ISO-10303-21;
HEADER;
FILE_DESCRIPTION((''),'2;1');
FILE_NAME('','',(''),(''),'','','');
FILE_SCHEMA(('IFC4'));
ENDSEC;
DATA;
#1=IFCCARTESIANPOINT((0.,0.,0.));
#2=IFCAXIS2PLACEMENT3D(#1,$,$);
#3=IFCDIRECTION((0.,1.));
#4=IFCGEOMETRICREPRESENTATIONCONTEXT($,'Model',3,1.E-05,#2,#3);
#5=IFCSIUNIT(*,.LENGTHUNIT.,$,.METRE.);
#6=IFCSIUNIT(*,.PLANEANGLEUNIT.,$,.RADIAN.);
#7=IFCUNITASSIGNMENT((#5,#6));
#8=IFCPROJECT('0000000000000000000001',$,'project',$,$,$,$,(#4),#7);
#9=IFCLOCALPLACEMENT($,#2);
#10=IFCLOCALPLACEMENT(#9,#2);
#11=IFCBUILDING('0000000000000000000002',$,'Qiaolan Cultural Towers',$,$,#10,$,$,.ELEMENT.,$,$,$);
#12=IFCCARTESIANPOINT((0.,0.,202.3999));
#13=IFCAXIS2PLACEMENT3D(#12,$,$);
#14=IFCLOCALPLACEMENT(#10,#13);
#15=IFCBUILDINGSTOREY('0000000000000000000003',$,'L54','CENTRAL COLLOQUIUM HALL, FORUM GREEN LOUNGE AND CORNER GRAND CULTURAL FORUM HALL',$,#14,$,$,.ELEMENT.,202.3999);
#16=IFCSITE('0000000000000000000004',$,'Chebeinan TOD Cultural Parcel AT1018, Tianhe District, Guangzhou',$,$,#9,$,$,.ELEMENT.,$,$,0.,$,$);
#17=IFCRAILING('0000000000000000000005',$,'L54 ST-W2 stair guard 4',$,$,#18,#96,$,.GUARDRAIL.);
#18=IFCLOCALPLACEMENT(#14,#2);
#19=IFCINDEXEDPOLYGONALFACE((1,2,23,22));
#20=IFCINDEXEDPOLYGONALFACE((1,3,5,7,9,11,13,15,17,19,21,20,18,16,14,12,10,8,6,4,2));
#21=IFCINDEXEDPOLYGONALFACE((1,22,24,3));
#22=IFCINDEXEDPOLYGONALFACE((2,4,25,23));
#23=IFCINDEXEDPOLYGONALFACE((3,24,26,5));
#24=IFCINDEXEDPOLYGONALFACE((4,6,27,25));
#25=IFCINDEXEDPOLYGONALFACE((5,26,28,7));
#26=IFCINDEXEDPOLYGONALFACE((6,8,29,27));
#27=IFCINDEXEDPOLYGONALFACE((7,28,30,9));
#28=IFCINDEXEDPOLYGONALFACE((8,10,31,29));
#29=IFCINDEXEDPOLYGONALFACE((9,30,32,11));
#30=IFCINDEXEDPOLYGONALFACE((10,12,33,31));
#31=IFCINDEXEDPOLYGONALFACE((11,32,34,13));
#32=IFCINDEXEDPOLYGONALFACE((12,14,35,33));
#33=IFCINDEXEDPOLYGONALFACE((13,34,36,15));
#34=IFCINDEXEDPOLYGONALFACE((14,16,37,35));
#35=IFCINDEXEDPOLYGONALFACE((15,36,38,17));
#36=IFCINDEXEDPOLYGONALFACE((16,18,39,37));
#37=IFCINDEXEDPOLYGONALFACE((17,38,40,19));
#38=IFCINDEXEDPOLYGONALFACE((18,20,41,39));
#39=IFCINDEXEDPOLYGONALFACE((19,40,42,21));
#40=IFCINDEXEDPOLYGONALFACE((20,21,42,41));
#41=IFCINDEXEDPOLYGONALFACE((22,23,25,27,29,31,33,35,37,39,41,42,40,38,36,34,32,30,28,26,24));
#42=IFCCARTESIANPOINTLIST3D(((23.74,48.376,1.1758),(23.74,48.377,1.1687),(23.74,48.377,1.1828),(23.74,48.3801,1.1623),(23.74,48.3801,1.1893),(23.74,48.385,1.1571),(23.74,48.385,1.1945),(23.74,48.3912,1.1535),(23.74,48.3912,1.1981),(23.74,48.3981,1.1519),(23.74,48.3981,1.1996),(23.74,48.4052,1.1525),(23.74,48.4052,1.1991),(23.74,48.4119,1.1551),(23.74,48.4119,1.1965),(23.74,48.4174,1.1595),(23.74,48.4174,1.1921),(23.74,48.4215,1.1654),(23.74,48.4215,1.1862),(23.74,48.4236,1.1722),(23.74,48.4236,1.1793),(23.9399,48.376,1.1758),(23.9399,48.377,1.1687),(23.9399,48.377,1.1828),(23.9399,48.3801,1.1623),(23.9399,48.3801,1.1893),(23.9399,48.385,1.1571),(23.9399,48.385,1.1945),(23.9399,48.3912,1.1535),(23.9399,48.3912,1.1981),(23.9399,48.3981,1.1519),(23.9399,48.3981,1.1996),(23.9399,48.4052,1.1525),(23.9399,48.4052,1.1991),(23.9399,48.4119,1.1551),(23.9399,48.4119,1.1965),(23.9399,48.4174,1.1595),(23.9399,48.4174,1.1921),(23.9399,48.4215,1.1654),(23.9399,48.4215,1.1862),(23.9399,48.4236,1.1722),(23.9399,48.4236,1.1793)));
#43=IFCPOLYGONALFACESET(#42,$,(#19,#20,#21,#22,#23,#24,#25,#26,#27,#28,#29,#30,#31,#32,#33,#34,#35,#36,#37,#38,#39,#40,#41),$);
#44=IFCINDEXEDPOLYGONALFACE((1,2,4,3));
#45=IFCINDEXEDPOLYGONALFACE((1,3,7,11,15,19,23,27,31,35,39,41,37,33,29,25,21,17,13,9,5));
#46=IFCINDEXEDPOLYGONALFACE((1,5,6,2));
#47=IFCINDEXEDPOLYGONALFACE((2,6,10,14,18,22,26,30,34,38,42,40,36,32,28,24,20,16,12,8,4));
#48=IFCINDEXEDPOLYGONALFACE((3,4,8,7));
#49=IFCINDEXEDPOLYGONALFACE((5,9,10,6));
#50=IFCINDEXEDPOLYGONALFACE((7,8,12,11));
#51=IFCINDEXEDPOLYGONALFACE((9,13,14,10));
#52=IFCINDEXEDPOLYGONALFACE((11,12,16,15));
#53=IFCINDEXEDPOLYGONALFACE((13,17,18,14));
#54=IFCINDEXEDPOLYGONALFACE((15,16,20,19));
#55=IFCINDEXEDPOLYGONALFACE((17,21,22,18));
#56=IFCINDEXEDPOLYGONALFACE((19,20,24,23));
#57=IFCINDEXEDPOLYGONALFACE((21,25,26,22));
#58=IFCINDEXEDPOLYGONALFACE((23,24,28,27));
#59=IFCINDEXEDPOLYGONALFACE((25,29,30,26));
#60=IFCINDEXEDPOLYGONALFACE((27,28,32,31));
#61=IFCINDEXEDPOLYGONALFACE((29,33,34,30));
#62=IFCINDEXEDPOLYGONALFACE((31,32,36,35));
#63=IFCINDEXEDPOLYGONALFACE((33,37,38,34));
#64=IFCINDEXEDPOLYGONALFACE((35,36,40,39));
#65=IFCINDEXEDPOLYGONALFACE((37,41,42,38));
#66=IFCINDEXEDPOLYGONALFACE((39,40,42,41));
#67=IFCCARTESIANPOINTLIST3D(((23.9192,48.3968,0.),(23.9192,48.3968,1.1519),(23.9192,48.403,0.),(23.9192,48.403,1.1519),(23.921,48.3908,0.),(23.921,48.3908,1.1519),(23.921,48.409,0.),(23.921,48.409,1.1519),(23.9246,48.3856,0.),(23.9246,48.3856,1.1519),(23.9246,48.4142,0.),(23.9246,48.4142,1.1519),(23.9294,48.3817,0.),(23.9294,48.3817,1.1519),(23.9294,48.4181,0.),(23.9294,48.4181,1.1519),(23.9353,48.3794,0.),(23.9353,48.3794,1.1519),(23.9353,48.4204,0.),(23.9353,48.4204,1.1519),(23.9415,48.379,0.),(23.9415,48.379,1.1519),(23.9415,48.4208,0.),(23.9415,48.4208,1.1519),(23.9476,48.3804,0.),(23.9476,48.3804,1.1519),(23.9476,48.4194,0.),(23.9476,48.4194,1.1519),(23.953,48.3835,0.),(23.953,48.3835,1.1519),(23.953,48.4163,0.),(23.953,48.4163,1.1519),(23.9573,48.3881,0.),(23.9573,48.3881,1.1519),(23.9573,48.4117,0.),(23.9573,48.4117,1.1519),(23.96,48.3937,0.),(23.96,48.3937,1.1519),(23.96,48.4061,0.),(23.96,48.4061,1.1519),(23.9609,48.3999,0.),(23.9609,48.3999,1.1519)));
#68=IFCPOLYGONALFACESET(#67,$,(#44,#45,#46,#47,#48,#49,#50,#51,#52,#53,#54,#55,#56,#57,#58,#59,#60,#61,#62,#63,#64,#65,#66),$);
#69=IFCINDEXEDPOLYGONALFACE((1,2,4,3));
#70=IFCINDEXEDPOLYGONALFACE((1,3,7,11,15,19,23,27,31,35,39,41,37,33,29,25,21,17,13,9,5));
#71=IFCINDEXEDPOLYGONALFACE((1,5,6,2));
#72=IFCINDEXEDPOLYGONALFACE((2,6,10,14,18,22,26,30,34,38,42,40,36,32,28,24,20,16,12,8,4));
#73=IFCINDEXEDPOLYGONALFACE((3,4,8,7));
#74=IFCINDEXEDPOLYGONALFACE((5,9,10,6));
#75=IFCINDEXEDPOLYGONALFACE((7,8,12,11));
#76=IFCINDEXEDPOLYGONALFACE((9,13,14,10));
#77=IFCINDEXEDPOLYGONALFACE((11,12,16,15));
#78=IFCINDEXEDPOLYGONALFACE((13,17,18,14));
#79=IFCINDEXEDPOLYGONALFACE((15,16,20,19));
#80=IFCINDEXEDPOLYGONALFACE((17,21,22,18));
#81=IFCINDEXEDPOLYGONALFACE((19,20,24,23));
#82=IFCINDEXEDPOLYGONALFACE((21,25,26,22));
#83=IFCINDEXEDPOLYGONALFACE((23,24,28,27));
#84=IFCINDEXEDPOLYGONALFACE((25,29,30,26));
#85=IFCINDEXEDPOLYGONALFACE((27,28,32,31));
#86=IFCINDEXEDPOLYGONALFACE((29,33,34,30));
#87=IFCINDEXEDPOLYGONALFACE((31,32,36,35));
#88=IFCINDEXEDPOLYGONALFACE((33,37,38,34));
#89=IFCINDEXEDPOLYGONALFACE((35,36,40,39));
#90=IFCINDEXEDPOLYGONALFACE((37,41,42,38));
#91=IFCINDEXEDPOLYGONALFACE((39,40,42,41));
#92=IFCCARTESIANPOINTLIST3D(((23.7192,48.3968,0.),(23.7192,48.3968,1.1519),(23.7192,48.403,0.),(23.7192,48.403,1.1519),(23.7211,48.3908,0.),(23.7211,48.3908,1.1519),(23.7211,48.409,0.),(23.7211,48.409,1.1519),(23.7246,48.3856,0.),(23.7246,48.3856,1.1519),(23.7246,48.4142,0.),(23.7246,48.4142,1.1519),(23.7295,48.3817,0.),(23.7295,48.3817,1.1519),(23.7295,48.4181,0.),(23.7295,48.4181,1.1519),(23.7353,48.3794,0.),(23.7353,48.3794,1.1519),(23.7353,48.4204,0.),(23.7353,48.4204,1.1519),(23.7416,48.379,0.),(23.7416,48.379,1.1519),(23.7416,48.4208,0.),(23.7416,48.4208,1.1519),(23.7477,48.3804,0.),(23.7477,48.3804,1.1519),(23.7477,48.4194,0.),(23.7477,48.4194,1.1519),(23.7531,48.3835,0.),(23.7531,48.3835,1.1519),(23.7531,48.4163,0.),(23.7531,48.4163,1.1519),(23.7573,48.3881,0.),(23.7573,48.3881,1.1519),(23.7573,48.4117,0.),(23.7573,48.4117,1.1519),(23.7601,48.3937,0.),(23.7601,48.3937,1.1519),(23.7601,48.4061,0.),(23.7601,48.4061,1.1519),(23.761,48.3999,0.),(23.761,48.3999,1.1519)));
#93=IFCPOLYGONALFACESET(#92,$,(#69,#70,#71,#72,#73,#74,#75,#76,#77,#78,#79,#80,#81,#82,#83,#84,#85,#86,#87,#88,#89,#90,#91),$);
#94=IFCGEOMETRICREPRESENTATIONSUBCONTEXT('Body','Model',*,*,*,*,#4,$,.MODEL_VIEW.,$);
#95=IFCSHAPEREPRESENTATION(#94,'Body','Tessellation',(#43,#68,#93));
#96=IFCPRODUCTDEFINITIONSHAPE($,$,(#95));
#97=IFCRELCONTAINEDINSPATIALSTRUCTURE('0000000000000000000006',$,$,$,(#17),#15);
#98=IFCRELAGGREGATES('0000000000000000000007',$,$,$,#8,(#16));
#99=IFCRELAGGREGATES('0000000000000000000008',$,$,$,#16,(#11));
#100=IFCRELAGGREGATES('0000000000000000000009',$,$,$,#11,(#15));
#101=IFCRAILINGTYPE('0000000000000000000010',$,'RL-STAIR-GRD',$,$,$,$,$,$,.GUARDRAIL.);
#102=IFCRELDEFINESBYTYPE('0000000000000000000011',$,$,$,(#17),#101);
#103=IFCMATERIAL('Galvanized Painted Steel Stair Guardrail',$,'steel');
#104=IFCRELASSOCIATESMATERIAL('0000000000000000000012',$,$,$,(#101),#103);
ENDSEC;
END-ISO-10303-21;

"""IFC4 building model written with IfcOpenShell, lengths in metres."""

from ifc_helpers import new_model, si_unit, direction, frame, origin, origin_2d, place, context, subcontext, project, spatial, circle, extrude, material, type_object, element, save


model = new_model("IFC4")

# Units and contexts
model_context = context("Model", 3, precision=1e-05, world=origin(), true_north=direction((0.0, 1.0)))
body_context = subcontext(model_context, "Body", "Model", "MODEL_VIEW")
ifc_project = project(units=[si_unit("LENGTHUNIT", "METRE"), si_unit("PLANEANGLEUNIT", "RADIAN")], contexts=[model_context])

# Site, building, storey
site_placement = place(None, origin())
site = spatial("IfcSite", under=ifc_project, at=site_placement, Name="Chebeinan TOD Cultural Parcel AT1018, Tianhe District, Guangzhou", CompositionType="ELEMENT", RefElevation=0.0)
building_placement = place(site_placement, origin())
building = spatial("IfcBuilding", under=site, at=building_placement, Name="Qiaolan Cultural Towers", CompositionType="ELEMENT")
storey_placement = place(building_placement, frame((0.0, 0.0, 202.3999)))
storey = spatial("IfcBuildingStorey", under=building, at=storey_placement, Name="L54", Description="CENTRAL COLLOQUIUM HALL, FORUM GREEN LOUNGE AND CORNER GRAND CULTURAL FORUM HALL", CompositionType="ELEMENT", Elevation=202.3999)

# Railing
ifc_material_1 = material(Name="Galvanized Painted Steel Stair Guardrail", Category="steel")
railing_type_1 = type_object("IfcRailingType", Name="RL-STAIR-GRD", PredefinedType="GUARDRAIL", material=ifc_material_1)
railing_1_placement = place(storey_placement, frame((23.9399, 48.3999, 0.0)))
element("IfcRailing", 1, at=railing_1_placement, inside=storey, type_object=railing_type_1, Name="L54 ST-W2 stair guard 4", PredefinedType="GUARDRAIL", context=body_context, shape_type="SweptSolid", body=[
    extrude(circle(Radius=0.0239, at=origin_2d()), frame((0.0, 0.0, 1.1758), z_axis=(-1.0, 0.0, 0.0), x_axis=(0.0, -1.0, 0.0)), (0.0, 0.0, 1.0), 0.2),
    extrude(circle(Radius=0.021, at=origin_2d()), origin(), (0.0, 0.0, 1.0), 1.1519),
    extrude(circle(Radius=0.021, at=origin_2d()), frame((-0.2, 0.0, 0.0)), (0.0, 0.0, 1.0), 1.1519),
])

save(model, "model.ifc")
